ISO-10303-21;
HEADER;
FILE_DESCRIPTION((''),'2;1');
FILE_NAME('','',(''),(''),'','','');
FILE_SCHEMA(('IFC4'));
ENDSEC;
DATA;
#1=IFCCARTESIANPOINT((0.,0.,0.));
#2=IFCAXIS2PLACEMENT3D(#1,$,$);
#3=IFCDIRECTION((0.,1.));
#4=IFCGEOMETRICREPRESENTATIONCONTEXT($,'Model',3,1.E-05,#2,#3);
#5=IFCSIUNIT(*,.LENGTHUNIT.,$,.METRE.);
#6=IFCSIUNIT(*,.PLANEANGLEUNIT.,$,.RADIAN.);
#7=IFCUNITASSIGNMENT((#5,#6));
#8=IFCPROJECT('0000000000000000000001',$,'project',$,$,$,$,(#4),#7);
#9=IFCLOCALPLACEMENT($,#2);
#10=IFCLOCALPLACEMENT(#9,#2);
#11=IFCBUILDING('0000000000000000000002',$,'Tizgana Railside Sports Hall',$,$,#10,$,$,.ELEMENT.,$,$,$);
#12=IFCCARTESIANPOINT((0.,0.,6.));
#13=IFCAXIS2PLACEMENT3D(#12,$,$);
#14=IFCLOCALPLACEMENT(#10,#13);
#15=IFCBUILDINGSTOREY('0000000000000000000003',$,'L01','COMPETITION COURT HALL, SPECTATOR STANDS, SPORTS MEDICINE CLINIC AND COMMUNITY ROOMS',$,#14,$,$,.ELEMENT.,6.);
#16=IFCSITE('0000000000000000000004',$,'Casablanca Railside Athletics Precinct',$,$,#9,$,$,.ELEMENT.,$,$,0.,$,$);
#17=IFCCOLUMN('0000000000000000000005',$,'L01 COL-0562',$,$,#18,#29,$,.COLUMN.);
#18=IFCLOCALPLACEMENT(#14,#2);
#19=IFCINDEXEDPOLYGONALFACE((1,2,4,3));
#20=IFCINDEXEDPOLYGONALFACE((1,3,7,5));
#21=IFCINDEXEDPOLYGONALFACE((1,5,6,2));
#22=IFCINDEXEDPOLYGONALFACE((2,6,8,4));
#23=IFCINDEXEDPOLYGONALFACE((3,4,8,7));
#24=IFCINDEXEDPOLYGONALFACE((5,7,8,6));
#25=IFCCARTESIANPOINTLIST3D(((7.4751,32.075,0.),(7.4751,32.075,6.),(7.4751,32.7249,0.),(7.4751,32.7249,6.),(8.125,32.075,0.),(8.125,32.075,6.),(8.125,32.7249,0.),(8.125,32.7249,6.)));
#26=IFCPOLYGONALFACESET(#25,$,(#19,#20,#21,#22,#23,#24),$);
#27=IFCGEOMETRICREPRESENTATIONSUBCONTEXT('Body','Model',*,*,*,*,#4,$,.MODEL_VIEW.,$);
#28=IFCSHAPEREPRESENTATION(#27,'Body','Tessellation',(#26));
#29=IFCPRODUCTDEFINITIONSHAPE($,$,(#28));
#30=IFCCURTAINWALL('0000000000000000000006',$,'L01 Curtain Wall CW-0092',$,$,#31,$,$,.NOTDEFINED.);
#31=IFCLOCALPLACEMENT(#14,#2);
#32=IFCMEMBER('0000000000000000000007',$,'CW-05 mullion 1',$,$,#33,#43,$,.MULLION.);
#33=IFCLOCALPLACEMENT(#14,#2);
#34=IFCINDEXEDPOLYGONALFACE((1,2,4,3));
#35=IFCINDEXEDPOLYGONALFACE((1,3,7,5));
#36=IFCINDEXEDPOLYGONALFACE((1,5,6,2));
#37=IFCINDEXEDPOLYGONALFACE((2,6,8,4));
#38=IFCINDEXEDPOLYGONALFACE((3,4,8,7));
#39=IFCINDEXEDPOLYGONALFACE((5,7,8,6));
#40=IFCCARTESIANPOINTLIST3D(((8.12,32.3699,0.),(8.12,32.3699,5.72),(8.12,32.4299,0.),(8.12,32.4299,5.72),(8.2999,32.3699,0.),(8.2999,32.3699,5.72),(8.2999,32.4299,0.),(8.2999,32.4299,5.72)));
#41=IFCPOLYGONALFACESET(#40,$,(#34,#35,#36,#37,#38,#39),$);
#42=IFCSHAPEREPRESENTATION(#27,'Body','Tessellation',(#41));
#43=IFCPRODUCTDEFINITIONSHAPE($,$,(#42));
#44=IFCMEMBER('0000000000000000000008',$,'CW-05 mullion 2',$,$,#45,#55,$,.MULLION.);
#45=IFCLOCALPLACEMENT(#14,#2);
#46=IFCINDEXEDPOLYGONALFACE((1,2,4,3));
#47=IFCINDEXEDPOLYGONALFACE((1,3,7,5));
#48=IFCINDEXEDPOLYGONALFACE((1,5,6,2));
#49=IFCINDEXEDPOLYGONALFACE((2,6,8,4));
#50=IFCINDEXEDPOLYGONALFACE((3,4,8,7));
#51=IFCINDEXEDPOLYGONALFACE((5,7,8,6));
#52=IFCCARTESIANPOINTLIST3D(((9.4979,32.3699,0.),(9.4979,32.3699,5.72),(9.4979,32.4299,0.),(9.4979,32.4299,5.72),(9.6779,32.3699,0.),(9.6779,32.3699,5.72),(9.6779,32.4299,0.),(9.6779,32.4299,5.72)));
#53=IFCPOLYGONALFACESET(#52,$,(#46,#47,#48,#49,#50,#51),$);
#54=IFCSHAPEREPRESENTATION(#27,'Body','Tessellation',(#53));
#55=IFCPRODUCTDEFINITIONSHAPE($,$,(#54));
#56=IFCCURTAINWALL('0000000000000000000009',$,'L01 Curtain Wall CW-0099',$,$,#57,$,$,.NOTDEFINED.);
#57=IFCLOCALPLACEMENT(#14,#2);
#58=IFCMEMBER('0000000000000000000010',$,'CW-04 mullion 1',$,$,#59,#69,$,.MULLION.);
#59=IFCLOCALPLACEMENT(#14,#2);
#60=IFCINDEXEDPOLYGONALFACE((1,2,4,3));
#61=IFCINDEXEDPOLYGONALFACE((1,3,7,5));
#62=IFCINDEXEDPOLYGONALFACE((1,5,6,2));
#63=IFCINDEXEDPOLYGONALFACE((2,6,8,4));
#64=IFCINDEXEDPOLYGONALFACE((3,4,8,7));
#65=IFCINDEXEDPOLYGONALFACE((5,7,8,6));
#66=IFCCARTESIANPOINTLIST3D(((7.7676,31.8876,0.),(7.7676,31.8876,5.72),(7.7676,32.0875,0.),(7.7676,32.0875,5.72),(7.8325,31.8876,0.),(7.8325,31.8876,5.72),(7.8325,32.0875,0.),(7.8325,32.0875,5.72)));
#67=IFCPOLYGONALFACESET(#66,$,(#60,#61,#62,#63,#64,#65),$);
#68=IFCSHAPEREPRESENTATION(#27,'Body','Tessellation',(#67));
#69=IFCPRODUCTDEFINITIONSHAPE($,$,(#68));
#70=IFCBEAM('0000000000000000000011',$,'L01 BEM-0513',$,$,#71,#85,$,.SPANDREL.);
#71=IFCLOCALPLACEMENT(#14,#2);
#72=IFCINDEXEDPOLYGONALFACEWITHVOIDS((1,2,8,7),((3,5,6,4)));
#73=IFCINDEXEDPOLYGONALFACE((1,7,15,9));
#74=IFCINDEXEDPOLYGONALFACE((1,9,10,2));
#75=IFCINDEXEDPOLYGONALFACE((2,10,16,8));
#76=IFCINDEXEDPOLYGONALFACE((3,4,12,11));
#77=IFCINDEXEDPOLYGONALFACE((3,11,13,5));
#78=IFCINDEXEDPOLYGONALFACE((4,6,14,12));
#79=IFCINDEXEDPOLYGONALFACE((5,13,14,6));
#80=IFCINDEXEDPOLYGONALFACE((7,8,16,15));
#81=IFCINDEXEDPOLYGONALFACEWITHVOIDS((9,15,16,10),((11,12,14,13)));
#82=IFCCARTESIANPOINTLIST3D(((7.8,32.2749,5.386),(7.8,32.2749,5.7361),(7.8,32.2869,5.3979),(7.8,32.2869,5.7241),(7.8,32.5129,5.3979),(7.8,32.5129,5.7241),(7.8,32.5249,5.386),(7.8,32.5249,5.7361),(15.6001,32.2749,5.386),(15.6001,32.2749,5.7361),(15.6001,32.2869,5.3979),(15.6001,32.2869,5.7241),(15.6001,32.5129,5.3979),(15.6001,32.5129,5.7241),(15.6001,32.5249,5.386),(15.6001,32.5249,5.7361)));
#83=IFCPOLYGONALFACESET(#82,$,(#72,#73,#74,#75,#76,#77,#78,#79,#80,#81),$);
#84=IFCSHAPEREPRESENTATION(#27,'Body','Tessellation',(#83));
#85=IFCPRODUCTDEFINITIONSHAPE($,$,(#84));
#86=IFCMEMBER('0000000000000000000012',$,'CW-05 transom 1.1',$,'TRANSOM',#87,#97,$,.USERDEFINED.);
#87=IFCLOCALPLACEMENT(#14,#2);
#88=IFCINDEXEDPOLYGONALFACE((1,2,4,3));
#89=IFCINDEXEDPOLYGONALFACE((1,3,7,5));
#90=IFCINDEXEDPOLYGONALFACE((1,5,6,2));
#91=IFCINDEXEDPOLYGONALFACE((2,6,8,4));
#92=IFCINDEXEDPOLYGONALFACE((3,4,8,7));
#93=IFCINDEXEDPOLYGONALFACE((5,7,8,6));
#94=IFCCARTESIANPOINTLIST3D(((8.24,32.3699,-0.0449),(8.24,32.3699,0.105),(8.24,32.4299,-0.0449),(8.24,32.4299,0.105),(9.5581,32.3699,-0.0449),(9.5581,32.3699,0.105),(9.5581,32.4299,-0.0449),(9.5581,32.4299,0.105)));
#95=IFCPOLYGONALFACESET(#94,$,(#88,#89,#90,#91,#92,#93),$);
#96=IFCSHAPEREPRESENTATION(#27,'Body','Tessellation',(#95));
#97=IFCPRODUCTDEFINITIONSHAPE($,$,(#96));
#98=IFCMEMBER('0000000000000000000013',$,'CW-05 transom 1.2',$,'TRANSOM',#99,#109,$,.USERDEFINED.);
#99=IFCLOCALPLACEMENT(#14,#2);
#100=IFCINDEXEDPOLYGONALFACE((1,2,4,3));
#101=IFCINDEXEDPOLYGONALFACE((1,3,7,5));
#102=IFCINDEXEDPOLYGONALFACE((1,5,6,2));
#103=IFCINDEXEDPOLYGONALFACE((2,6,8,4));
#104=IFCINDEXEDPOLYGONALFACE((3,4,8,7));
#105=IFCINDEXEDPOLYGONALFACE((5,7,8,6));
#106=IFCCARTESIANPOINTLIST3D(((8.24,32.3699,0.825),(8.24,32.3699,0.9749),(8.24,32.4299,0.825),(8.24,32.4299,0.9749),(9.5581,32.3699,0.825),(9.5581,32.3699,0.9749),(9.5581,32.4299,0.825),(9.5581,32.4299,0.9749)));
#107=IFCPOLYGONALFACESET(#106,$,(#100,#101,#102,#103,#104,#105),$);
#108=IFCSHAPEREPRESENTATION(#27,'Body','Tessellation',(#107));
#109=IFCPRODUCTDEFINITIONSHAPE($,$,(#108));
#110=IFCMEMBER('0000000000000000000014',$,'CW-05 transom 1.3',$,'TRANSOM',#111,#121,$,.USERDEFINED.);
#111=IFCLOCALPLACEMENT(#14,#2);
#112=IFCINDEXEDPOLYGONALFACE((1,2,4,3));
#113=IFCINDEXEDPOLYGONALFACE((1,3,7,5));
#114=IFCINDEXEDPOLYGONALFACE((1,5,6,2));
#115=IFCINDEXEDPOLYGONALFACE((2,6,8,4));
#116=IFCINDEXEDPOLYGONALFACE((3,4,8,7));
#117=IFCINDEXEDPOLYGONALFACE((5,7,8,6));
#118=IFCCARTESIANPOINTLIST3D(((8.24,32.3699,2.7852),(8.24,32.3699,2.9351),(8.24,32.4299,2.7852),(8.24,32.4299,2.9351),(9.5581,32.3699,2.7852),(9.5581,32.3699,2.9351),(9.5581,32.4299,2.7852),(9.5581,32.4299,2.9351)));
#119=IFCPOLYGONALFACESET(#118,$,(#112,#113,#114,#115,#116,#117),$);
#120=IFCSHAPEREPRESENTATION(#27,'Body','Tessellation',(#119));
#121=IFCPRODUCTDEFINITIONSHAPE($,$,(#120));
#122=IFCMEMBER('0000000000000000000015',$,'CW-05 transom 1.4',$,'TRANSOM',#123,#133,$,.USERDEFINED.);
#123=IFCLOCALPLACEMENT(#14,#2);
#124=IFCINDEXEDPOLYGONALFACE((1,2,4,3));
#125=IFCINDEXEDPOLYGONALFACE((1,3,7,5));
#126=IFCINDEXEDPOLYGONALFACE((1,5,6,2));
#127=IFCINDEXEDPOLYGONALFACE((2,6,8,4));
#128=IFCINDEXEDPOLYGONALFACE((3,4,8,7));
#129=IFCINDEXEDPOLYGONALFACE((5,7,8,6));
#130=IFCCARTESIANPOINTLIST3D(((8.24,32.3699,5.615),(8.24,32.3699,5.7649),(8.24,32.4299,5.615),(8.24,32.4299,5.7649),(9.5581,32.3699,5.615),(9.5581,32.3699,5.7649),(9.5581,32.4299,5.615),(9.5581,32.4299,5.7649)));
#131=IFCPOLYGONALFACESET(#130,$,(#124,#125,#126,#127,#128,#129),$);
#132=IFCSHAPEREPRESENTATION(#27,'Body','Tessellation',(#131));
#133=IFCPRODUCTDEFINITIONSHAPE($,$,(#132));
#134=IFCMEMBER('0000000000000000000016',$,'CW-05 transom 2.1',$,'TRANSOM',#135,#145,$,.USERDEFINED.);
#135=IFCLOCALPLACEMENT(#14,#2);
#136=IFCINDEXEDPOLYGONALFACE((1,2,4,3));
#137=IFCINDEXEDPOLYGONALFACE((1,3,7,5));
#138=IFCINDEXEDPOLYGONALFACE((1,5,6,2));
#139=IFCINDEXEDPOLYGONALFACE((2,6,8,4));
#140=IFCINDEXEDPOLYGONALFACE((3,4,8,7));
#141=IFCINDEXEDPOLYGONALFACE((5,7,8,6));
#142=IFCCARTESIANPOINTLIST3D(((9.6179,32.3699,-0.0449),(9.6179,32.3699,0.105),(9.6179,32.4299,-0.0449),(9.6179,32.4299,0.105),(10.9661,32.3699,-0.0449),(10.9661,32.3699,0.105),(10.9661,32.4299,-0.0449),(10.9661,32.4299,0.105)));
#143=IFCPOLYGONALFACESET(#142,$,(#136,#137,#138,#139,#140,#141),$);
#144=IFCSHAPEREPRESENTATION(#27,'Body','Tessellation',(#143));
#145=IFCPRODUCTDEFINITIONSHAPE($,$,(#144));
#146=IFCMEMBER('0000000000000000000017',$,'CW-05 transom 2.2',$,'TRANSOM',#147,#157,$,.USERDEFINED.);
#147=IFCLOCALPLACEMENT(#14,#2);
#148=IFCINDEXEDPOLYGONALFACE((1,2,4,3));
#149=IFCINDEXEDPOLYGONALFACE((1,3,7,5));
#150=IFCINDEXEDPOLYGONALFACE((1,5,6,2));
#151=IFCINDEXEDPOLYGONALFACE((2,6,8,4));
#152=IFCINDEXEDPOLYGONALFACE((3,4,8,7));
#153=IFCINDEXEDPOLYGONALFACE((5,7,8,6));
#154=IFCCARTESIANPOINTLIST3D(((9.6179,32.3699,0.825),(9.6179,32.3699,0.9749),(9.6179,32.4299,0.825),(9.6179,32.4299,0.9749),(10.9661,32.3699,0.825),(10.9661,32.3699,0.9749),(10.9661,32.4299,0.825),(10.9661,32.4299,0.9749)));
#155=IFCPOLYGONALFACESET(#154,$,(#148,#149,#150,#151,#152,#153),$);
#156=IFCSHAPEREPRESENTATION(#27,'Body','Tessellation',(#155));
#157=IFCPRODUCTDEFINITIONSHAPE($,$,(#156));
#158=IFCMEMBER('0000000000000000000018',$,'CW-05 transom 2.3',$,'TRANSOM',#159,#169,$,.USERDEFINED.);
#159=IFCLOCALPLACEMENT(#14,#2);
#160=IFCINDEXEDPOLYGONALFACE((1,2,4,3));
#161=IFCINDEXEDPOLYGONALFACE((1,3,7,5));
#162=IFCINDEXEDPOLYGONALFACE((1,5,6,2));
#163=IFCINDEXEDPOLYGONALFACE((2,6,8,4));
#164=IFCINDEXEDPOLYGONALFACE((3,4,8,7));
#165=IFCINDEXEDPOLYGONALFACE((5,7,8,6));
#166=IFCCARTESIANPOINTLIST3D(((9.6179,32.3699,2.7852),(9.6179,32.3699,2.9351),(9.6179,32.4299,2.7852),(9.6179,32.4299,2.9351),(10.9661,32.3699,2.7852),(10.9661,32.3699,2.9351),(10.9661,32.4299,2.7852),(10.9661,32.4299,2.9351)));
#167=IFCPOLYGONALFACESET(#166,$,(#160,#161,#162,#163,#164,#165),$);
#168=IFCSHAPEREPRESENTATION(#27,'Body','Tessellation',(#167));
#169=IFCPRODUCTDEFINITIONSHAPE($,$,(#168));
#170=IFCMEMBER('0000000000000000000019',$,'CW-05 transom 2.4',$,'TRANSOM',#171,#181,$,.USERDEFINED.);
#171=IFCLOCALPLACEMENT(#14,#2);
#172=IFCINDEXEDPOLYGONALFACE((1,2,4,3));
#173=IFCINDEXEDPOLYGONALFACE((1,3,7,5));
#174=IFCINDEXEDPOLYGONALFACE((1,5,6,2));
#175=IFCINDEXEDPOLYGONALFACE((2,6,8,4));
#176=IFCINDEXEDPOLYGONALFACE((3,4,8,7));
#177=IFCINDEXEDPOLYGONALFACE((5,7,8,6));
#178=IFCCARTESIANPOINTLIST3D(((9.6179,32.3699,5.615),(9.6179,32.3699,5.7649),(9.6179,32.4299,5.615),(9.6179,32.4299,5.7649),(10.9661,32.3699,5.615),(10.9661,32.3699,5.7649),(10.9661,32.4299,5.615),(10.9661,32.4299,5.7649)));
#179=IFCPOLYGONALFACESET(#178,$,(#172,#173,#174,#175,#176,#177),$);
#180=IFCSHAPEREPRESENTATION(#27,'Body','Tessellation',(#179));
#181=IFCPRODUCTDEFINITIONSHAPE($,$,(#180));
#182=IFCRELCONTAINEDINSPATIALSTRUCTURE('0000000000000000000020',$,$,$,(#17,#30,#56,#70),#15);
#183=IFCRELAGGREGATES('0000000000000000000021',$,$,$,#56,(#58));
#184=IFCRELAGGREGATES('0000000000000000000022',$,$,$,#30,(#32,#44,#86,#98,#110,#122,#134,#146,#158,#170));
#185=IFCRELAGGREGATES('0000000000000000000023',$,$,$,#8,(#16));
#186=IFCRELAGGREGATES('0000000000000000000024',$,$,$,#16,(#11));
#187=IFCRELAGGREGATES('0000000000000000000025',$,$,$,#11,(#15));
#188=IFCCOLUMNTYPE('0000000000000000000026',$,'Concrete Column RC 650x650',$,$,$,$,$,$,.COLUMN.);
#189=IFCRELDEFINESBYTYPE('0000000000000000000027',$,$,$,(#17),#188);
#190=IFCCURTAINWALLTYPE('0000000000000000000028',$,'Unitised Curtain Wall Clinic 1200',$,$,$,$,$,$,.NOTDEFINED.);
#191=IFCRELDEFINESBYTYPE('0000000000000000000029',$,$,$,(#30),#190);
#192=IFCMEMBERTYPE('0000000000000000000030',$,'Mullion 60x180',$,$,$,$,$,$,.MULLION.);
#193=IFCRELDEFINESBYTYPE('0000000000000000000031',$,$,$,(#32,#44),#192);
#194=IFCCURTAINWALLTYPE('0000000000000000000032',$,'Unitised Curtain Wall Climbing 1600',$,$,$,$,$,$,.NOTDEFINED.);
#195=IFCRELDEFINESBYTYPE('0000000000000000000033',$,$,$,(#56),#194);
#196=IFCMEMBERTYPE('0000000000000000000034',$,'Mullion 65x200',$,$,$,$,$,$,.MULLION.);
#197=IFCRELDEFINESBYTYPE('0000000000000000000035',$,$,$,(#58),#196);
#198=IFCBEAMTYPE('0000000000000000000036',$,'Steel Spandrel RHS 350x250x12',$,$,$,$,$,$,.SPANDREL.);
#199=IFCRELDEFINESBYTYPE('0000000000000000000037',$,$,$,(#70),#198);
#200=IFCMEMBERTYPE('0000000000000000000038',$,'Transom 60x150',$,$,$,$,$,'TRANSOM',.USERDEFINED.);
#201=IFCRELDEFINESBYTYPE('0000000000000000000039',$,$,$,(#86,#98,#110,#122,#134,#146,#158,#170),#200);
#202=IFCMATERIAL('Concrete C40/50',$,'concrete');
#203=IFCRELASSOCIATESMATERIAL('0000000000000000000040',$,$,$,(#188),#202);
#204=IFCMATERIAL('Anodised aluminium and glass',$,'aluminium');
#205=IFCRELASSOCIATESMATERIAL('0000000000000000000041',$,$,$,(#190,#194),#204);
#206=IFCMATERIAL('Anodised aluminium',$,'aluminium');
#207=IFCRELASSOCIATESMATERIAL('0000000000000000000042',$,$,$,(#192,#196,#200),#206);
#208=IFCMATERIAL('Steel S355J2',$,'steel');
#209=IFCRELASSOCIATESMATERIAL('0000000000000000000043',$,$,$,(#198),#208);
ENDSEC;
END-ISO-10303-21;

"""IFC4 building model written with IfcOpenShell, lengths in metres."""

from ifc_helpers import new_model, si_unit, direction, frame, origin, origin_2d, place, context, subcontext, project, spatial, rectangle, hollow_rectangle, extrude, material, material_profile, profile_set, type_object, element, aggregate, save


model = new_model("IFC4")

# Units and contexts
model_context = context("Model", 3, precision=1e-05, world=origin(), true_north=direction((0.0, 1.0)))
body_context = subcontext(model_context, "Body", "Model", "MODEL_VIEW")
ifc_project = project(units=[si_unit("LENGTHUNIT", "METRE"), si_unit("PLANEANGLEUNIT", "RADIAN")], contexts=[model_context])

# Site, building, storey
site_placement = place(None, origin())
site = spatial("IfcSite", under=ifc_project, at=site_placement, Name="Casablanca Railside Athletics Precinct", CompositionType="ELEMENT", RefElevation=0.0)
building_placement = place(site_placement, origin())
building = spatial("IfcBuilding", under=site, at=building_placement, Name="Tizgana Railside Sports Hall", CompositionType="ELEMENT")
storey_placement = place(building_placement, frame((0.0, 0.0, 6.0)))
storey = spatial("IfcBuildingStorey", under=building, at=storey_placement, Name="L01", Description="COMPETITION COURT HALL, SPECTATOR STANDS, SPORTS MEDICINE CLINIC AND COMMUNITY ROOMS", CompositionType="ELEMENT", Elevation=6.0)

# Column
ifc_material_1 = material(Name="Concrete C40/50", Category="concrete")
ifc_material_profile_1 = material_profile(ifc_material_1, rectangle(XDim=0.6499, YDim=0.6499, at=origin_2d()), Name="RC 650x650")
ifc_profile_set_1 = profile_set([ifc_material_profile_1], Name="Concrete C40/50")
column_type = type_object("IfcColumnType", Name="Concrete Column RC 650x650", PredefinedType="COLUMN", material=ifc_profile_set_1)
column_placement = place(storey_placement, frame((7.8, 32.3999, 0.0), z_axis=(0.0, 0.0, 1.0), x_axis=(1.0, 0.0, 0.0)))
element("IfcColumn", 1, at=column_placement, inside=storey, type_object=column_type, Name="L01 COL-0562", PredefinedType="COLUMN", context=body_context, shape_type="SweptSolid", body=[
    extrude(rectangle(XDim=0.6499, YDim=0.6499, at=origin_2d()), origin(), (0.0, 0.0, 1.0), 6.0),
])

# Curtain wall, members
ifc_material_2 = material(Name="Anodised aluminium and glass", Category="aluminium")
curtain_wall_type_1 = type_object("IfcCurtainWallType", Name="Unitised Curtain Wall Clinic 1200", PredefinedType="NOTDEFINED", material=ifc_material_2)
curtain_wall_1_placement = place(storey_placement, origin())
curtain_wall_1 = element("IfcCurtainWall", 2, at=curtain_wall_1_placement, inside=storey, type_object=curtain_wall_type_1, Name="L01 Curtain Wall CW-0092", PredefinedType="NOTDEFINED")
ifc_material_3 = material(Name="Anodised aluminium", Category="aluminium")
ifc_material_profile_2 = material_profile(ifc_material_3, rectangle(XDim=0.0601, YDim=0.1799, at=origin_2d()), Name="Mullion 60x180")
ifc_profile_set_2 = profile_set([ifc_material_profile_2], Name="Anodised aluminium")
member_type_1 = type_object("IfcMemberType", Name="Mullion 60x180", PredefinedType="MULLION", material=ifc_profile_set_2)
member_1_placement = place(storey_placement, frame((8.21, 32.3999, 0.0), z_axis=(0.0, 0.0, 1.0), x_axis=(0.0, 1.0, 0.0)))
member_1 = element("IfcMember", 3, at=member_1_placement, type_object=member_type_1, Name="CW-05 mullion 1", PredefinedType="MULLION", context=body_context, shape_type="SweptSolid", body=[
    extrude(rectangle(XDim=0.0601, YDim=0.1799, at=origin_2d()), origin(), (0.0, 0.0, 1.0), 5.72),
])
member_2_placement = place(storey_placement, frame((9.5879, 32.3999, 0.0), z_axis=(0.0, 0.0, 1.0), x_axis=(0.0, 1.0, 0.0)))
member_2 = element("IfcMember", 4, at=member_2_placement, type_object=member_type_1, Name="CW-05 mullion 2", PredefinedType="MULLION", context=body_context, shape_type="SweptSolid", body=[
    extrude(rectangle(XDim=0.0601, YDim=0.1799, at=origin_2d()), origin(), (0.0, 0.0, 1.0), 5.72),
])

# Curtain wall, member
curtain_wall_type_2 = type_object("IfcCurtainWallType", Name="Unitised Curtain Wall Climbing 1600", PredefinedType="NOTDEFINED", material=ifc_material_2)
curtain_wall_2_placement = place(storey_placement, origin())
curtain_wall_2 = element("IfcCurtainWall", 5, at=curtain_wall_2_placement, inside=storey, type_object=curtain_wall_type_2, Name="L01 Curtain Wall CW-0099", PredefinedType="NOTDEFINED")
ifc_material_profile_3 = material_profile(ifc_material_3, rectangle(XDim=0.0649, YDim=0.2, at=origin_2d()), Name="Mullion 65x200")
ifc_profile_set_3 = profile_set([ifc_material_profile_3], Name="Anodised aluminium")
member_type_2 = type_object("IfcMemberType", Name="Mullion 65x200", PredefinedType="MULLION", material=ifc_profile_set_3)
member_3_placement = place(storey_placement, frame((7.8, 31.9875, 0.0), z_axis=(0.0, 0.0, 1.0), x_axis=(1.0, 0.0, 0.0)))
member_3 = element("IfcMember", 6, at=member_3_placement, type_object=member_type_2, Name="CW-04 mullion 1", PredefinedType="MULLION", context=body_context, shape_type="SweptSolid", body=[
    extrude(rectangle(XDim=0.0649, YDim=0.2, at=origin_2d()), origin(), (0.0, 0.0, 1.0), 5.72),
])

# Beam
ifc_material_4 = material(Name="Steel S355J2", Category="steel")
ifc_material_profile_4 = material_profile(ifc_material_4, hollow_rectangle(XDim=0.25, YDim=0.3501, WallThickness=0.012, at=origin_2d()), Name="RHS 350x250x12")
ifc_profile_set_4 = profile_set([ifc_material_profile_4], Name="Steel S355J2")
beam_type = type_object("IfcBeamType", Name="Steel Spandrel RHS 350x250x12", PredefinedType="SPANDREL", material=ifc_profile_set_4)
beam_placement = place(storey_placement, frame((7.8, 32.3999, 5.561), z_axis=(1.0, 0.0, 0.0), x_axis=(0.0, 1.0, 0.0)))
element("IfcBeam", 7, at=beam_placement, inside=storey, type_object=beam_type, Name="L01 BEM-0513", PredefinedType="SPANDREL", context=body_context, shape_type="SweptSolid", body=[
    extrude(hollow_rectangle(XDim=0.25, YDim=0.3501, WallThickness=0.012, at=origin_2d()), origin(), (0.0, 0.0, 1.0), 7.8),
])

# Members
ifc_material_profile_5 = material_profile(ifc_material_3, rectangle(XDim=0.0601, YDim=0.1499, at=origin_2d()), Name="Transom 60x150")
ifc_profile_set_5 = profile_set([ifc_material_profile_5], Name="Anodised aluminium")
member_type_3 = type_object("IfcMemberType", Name="Transom 60x150", ElementType="TRANSOM", PredefinedType="USERDEFINED", material=ifc_profile_set_5)
member_4_placement = place(storey_placement, frame((8.24, 32.3999, 0.03), z_axis=(1.0, 0.0, 0.0), x_axis=(0.0, 1.0, 0.0)))
member_4 = element("IfcMember", 8, at=member_4_placement, type_object=member_type_3, Name="CW-05 transom 1.1", ObjectType="TRANSOM", PredefinedType="USERDEFINED", context=body_context, shape_type="SweptSolid", body=[
    extrude(rectangle(XDim=0.0601, YDim=0.1499, at=origin_2d()), origin(), (0.0, 0.0, 1.0), 1.3181),
])
member_5_placement = place(storey_placement, frame((8.24, 32.3999, 0.8999), z_axis=(1.0, 0.0, 0.0), x_axis=(0.0, 1.0, 0.0)))
member_5 = element("IfcMember", 9, at=member_5_placement, type_object=member_type_3, Name="CW-05 transom 1.2", ObjectType="TRANSOM", PredefinedType="USERDEFINED", context=body_context, shape_type="SweptSolid", body=[
    extrude(rectangle(XDim=0.0601, YDim=0.1499, at=origin_2d()), origin(), (0.0, 0.0, 1.0), 1.3181),
])
member_6_placement = place(storey_placement, frame((8.24, 32.3999, 2.8601), z_axis=(1.0, 0.0, 0.0), x_axis=(0.0, 1.0, 0.0)))
member_6 = element("IfcMember", 10, at=member_6_placement, type_object=member_type_3, Name="CW-05 transom 1.3", ObjectType="TRANSOM", PredefinedType="USERDEFINED", context=body_context, shape_type="SweptSolid", body=[
    extrude(rectangle(XDim=0.0601, YDim=0.1499, at=origin_2d()), origin(), (0.0, 0.0, 1.0), 1.3181),
])
member_7_placement = place(storey_placement, frame((8.24, 32.3999, 5.6899), z_axis=(1.0, 0.0, 0.0), x_axis=(0.0, 1.0, 0.0)))
member_7 = element("IfcMember", 11, at=member_7_placement, type_object=member_type_3, Name="CW-05 transom 1.4", ObjectType="TRANSOM", PredefinedType="USERDEFINED", context=body_context, shape_type="SweptSolid", body=[
    extrude(rectangle(XDim=0.0601, YDim=0.1499, at=origin_2d()), origin(), (0.0, 0.0, 1.0), 1.3181),
])
member_8_placement = place(storey_placement, frame((9.6179, 32.3999, 0.03), z_axis=(1.0, 0.0, 0.0), x_axis=(0.0, 1.0, 0.0)))
member_8 = element("IfcMember", 12, at=member_8_placement, type_object=member_type_3, Name="CW-05 transom 2.1", ObjectType="TRANSOM", PredefinedType="USERDEFINED", context=body_context, shape_type="SweptSolid", body=[
    extrude(rectangle(XDim=0.0601, YDim=0.1499, at=origin_2d()), origin(), (0.0, 0.0, 1.0), 1.3481),
])
member_9_placement = place(storey_placement, frame((9.6179, 32.3999, 0.8999), z_axis=(1.0, 0.0, 0.0), x_axis=(0.0, 1.0, 0.0)))
member_9 = element("IfcMember", 13, at=member_9_placement, type_object=member_type_3, Name="CW-05 transom 2.2", ObjectType="TRANSOM", PredefinedType="USERDEFINED", context=body_context, shape_type="SweptSolid", body=[
    extrude(rectangle(XDim=0.0601, YDim=0.1499, at=origin_2d()), origin(), (0.0, 0.0, 1.0), 1.3481),
])
member_10_placement = place(storey_placement, frame((9.6179, 32.3999, 2.8601), z_axis=(1.0, 0.0, 0.0), x_axis=(0.0, 1.0, 0.0)))
member_10 = element("IfcMember", 14, at=member_10_placement, type_object=member_type_3, Name="CW-05 transom 2.3", ObjectType="TRANSOM", PredefinedType="USERDEFINED", context=body_context, shape_type="SweptSolid", body=[
    extrude(rectangle(XDim=0.0601, YDim=0.1499, at=origin_2d()), origin(), (0.0, 0.0, 1.0), 1.3481),
])
member_11_placement = place(storey_placement, frame((9.6179, 32.3999, 5.6899), z_axis=(1.0, 0.0, 0.0), x_axis=(0.0, 1.0, 0.0)))
member_11 = element("IfcMember", 15, at=member_11_placement, type_object=member_type_3, Name="CW-05 transom 2.4", ObjectType="TRANSOM", PredefinedType="USERDEFINED", context=body_context, shape_type="SweptSolid", body=[
    extrude(rectangle(XDim=0.0601, YDim=0.1499, at=origin_2d()), origin(), (0.0, 0.0, 1.0), 1.3481),
])

aggregate(curtain_wall_2, [member_3])
aggregate(curtain_wall_1, [member_1, member_2, member_4, member_5, member_6, member_7, member_8, member_9, member_10, member_11])

save(model, "model.ifc")
